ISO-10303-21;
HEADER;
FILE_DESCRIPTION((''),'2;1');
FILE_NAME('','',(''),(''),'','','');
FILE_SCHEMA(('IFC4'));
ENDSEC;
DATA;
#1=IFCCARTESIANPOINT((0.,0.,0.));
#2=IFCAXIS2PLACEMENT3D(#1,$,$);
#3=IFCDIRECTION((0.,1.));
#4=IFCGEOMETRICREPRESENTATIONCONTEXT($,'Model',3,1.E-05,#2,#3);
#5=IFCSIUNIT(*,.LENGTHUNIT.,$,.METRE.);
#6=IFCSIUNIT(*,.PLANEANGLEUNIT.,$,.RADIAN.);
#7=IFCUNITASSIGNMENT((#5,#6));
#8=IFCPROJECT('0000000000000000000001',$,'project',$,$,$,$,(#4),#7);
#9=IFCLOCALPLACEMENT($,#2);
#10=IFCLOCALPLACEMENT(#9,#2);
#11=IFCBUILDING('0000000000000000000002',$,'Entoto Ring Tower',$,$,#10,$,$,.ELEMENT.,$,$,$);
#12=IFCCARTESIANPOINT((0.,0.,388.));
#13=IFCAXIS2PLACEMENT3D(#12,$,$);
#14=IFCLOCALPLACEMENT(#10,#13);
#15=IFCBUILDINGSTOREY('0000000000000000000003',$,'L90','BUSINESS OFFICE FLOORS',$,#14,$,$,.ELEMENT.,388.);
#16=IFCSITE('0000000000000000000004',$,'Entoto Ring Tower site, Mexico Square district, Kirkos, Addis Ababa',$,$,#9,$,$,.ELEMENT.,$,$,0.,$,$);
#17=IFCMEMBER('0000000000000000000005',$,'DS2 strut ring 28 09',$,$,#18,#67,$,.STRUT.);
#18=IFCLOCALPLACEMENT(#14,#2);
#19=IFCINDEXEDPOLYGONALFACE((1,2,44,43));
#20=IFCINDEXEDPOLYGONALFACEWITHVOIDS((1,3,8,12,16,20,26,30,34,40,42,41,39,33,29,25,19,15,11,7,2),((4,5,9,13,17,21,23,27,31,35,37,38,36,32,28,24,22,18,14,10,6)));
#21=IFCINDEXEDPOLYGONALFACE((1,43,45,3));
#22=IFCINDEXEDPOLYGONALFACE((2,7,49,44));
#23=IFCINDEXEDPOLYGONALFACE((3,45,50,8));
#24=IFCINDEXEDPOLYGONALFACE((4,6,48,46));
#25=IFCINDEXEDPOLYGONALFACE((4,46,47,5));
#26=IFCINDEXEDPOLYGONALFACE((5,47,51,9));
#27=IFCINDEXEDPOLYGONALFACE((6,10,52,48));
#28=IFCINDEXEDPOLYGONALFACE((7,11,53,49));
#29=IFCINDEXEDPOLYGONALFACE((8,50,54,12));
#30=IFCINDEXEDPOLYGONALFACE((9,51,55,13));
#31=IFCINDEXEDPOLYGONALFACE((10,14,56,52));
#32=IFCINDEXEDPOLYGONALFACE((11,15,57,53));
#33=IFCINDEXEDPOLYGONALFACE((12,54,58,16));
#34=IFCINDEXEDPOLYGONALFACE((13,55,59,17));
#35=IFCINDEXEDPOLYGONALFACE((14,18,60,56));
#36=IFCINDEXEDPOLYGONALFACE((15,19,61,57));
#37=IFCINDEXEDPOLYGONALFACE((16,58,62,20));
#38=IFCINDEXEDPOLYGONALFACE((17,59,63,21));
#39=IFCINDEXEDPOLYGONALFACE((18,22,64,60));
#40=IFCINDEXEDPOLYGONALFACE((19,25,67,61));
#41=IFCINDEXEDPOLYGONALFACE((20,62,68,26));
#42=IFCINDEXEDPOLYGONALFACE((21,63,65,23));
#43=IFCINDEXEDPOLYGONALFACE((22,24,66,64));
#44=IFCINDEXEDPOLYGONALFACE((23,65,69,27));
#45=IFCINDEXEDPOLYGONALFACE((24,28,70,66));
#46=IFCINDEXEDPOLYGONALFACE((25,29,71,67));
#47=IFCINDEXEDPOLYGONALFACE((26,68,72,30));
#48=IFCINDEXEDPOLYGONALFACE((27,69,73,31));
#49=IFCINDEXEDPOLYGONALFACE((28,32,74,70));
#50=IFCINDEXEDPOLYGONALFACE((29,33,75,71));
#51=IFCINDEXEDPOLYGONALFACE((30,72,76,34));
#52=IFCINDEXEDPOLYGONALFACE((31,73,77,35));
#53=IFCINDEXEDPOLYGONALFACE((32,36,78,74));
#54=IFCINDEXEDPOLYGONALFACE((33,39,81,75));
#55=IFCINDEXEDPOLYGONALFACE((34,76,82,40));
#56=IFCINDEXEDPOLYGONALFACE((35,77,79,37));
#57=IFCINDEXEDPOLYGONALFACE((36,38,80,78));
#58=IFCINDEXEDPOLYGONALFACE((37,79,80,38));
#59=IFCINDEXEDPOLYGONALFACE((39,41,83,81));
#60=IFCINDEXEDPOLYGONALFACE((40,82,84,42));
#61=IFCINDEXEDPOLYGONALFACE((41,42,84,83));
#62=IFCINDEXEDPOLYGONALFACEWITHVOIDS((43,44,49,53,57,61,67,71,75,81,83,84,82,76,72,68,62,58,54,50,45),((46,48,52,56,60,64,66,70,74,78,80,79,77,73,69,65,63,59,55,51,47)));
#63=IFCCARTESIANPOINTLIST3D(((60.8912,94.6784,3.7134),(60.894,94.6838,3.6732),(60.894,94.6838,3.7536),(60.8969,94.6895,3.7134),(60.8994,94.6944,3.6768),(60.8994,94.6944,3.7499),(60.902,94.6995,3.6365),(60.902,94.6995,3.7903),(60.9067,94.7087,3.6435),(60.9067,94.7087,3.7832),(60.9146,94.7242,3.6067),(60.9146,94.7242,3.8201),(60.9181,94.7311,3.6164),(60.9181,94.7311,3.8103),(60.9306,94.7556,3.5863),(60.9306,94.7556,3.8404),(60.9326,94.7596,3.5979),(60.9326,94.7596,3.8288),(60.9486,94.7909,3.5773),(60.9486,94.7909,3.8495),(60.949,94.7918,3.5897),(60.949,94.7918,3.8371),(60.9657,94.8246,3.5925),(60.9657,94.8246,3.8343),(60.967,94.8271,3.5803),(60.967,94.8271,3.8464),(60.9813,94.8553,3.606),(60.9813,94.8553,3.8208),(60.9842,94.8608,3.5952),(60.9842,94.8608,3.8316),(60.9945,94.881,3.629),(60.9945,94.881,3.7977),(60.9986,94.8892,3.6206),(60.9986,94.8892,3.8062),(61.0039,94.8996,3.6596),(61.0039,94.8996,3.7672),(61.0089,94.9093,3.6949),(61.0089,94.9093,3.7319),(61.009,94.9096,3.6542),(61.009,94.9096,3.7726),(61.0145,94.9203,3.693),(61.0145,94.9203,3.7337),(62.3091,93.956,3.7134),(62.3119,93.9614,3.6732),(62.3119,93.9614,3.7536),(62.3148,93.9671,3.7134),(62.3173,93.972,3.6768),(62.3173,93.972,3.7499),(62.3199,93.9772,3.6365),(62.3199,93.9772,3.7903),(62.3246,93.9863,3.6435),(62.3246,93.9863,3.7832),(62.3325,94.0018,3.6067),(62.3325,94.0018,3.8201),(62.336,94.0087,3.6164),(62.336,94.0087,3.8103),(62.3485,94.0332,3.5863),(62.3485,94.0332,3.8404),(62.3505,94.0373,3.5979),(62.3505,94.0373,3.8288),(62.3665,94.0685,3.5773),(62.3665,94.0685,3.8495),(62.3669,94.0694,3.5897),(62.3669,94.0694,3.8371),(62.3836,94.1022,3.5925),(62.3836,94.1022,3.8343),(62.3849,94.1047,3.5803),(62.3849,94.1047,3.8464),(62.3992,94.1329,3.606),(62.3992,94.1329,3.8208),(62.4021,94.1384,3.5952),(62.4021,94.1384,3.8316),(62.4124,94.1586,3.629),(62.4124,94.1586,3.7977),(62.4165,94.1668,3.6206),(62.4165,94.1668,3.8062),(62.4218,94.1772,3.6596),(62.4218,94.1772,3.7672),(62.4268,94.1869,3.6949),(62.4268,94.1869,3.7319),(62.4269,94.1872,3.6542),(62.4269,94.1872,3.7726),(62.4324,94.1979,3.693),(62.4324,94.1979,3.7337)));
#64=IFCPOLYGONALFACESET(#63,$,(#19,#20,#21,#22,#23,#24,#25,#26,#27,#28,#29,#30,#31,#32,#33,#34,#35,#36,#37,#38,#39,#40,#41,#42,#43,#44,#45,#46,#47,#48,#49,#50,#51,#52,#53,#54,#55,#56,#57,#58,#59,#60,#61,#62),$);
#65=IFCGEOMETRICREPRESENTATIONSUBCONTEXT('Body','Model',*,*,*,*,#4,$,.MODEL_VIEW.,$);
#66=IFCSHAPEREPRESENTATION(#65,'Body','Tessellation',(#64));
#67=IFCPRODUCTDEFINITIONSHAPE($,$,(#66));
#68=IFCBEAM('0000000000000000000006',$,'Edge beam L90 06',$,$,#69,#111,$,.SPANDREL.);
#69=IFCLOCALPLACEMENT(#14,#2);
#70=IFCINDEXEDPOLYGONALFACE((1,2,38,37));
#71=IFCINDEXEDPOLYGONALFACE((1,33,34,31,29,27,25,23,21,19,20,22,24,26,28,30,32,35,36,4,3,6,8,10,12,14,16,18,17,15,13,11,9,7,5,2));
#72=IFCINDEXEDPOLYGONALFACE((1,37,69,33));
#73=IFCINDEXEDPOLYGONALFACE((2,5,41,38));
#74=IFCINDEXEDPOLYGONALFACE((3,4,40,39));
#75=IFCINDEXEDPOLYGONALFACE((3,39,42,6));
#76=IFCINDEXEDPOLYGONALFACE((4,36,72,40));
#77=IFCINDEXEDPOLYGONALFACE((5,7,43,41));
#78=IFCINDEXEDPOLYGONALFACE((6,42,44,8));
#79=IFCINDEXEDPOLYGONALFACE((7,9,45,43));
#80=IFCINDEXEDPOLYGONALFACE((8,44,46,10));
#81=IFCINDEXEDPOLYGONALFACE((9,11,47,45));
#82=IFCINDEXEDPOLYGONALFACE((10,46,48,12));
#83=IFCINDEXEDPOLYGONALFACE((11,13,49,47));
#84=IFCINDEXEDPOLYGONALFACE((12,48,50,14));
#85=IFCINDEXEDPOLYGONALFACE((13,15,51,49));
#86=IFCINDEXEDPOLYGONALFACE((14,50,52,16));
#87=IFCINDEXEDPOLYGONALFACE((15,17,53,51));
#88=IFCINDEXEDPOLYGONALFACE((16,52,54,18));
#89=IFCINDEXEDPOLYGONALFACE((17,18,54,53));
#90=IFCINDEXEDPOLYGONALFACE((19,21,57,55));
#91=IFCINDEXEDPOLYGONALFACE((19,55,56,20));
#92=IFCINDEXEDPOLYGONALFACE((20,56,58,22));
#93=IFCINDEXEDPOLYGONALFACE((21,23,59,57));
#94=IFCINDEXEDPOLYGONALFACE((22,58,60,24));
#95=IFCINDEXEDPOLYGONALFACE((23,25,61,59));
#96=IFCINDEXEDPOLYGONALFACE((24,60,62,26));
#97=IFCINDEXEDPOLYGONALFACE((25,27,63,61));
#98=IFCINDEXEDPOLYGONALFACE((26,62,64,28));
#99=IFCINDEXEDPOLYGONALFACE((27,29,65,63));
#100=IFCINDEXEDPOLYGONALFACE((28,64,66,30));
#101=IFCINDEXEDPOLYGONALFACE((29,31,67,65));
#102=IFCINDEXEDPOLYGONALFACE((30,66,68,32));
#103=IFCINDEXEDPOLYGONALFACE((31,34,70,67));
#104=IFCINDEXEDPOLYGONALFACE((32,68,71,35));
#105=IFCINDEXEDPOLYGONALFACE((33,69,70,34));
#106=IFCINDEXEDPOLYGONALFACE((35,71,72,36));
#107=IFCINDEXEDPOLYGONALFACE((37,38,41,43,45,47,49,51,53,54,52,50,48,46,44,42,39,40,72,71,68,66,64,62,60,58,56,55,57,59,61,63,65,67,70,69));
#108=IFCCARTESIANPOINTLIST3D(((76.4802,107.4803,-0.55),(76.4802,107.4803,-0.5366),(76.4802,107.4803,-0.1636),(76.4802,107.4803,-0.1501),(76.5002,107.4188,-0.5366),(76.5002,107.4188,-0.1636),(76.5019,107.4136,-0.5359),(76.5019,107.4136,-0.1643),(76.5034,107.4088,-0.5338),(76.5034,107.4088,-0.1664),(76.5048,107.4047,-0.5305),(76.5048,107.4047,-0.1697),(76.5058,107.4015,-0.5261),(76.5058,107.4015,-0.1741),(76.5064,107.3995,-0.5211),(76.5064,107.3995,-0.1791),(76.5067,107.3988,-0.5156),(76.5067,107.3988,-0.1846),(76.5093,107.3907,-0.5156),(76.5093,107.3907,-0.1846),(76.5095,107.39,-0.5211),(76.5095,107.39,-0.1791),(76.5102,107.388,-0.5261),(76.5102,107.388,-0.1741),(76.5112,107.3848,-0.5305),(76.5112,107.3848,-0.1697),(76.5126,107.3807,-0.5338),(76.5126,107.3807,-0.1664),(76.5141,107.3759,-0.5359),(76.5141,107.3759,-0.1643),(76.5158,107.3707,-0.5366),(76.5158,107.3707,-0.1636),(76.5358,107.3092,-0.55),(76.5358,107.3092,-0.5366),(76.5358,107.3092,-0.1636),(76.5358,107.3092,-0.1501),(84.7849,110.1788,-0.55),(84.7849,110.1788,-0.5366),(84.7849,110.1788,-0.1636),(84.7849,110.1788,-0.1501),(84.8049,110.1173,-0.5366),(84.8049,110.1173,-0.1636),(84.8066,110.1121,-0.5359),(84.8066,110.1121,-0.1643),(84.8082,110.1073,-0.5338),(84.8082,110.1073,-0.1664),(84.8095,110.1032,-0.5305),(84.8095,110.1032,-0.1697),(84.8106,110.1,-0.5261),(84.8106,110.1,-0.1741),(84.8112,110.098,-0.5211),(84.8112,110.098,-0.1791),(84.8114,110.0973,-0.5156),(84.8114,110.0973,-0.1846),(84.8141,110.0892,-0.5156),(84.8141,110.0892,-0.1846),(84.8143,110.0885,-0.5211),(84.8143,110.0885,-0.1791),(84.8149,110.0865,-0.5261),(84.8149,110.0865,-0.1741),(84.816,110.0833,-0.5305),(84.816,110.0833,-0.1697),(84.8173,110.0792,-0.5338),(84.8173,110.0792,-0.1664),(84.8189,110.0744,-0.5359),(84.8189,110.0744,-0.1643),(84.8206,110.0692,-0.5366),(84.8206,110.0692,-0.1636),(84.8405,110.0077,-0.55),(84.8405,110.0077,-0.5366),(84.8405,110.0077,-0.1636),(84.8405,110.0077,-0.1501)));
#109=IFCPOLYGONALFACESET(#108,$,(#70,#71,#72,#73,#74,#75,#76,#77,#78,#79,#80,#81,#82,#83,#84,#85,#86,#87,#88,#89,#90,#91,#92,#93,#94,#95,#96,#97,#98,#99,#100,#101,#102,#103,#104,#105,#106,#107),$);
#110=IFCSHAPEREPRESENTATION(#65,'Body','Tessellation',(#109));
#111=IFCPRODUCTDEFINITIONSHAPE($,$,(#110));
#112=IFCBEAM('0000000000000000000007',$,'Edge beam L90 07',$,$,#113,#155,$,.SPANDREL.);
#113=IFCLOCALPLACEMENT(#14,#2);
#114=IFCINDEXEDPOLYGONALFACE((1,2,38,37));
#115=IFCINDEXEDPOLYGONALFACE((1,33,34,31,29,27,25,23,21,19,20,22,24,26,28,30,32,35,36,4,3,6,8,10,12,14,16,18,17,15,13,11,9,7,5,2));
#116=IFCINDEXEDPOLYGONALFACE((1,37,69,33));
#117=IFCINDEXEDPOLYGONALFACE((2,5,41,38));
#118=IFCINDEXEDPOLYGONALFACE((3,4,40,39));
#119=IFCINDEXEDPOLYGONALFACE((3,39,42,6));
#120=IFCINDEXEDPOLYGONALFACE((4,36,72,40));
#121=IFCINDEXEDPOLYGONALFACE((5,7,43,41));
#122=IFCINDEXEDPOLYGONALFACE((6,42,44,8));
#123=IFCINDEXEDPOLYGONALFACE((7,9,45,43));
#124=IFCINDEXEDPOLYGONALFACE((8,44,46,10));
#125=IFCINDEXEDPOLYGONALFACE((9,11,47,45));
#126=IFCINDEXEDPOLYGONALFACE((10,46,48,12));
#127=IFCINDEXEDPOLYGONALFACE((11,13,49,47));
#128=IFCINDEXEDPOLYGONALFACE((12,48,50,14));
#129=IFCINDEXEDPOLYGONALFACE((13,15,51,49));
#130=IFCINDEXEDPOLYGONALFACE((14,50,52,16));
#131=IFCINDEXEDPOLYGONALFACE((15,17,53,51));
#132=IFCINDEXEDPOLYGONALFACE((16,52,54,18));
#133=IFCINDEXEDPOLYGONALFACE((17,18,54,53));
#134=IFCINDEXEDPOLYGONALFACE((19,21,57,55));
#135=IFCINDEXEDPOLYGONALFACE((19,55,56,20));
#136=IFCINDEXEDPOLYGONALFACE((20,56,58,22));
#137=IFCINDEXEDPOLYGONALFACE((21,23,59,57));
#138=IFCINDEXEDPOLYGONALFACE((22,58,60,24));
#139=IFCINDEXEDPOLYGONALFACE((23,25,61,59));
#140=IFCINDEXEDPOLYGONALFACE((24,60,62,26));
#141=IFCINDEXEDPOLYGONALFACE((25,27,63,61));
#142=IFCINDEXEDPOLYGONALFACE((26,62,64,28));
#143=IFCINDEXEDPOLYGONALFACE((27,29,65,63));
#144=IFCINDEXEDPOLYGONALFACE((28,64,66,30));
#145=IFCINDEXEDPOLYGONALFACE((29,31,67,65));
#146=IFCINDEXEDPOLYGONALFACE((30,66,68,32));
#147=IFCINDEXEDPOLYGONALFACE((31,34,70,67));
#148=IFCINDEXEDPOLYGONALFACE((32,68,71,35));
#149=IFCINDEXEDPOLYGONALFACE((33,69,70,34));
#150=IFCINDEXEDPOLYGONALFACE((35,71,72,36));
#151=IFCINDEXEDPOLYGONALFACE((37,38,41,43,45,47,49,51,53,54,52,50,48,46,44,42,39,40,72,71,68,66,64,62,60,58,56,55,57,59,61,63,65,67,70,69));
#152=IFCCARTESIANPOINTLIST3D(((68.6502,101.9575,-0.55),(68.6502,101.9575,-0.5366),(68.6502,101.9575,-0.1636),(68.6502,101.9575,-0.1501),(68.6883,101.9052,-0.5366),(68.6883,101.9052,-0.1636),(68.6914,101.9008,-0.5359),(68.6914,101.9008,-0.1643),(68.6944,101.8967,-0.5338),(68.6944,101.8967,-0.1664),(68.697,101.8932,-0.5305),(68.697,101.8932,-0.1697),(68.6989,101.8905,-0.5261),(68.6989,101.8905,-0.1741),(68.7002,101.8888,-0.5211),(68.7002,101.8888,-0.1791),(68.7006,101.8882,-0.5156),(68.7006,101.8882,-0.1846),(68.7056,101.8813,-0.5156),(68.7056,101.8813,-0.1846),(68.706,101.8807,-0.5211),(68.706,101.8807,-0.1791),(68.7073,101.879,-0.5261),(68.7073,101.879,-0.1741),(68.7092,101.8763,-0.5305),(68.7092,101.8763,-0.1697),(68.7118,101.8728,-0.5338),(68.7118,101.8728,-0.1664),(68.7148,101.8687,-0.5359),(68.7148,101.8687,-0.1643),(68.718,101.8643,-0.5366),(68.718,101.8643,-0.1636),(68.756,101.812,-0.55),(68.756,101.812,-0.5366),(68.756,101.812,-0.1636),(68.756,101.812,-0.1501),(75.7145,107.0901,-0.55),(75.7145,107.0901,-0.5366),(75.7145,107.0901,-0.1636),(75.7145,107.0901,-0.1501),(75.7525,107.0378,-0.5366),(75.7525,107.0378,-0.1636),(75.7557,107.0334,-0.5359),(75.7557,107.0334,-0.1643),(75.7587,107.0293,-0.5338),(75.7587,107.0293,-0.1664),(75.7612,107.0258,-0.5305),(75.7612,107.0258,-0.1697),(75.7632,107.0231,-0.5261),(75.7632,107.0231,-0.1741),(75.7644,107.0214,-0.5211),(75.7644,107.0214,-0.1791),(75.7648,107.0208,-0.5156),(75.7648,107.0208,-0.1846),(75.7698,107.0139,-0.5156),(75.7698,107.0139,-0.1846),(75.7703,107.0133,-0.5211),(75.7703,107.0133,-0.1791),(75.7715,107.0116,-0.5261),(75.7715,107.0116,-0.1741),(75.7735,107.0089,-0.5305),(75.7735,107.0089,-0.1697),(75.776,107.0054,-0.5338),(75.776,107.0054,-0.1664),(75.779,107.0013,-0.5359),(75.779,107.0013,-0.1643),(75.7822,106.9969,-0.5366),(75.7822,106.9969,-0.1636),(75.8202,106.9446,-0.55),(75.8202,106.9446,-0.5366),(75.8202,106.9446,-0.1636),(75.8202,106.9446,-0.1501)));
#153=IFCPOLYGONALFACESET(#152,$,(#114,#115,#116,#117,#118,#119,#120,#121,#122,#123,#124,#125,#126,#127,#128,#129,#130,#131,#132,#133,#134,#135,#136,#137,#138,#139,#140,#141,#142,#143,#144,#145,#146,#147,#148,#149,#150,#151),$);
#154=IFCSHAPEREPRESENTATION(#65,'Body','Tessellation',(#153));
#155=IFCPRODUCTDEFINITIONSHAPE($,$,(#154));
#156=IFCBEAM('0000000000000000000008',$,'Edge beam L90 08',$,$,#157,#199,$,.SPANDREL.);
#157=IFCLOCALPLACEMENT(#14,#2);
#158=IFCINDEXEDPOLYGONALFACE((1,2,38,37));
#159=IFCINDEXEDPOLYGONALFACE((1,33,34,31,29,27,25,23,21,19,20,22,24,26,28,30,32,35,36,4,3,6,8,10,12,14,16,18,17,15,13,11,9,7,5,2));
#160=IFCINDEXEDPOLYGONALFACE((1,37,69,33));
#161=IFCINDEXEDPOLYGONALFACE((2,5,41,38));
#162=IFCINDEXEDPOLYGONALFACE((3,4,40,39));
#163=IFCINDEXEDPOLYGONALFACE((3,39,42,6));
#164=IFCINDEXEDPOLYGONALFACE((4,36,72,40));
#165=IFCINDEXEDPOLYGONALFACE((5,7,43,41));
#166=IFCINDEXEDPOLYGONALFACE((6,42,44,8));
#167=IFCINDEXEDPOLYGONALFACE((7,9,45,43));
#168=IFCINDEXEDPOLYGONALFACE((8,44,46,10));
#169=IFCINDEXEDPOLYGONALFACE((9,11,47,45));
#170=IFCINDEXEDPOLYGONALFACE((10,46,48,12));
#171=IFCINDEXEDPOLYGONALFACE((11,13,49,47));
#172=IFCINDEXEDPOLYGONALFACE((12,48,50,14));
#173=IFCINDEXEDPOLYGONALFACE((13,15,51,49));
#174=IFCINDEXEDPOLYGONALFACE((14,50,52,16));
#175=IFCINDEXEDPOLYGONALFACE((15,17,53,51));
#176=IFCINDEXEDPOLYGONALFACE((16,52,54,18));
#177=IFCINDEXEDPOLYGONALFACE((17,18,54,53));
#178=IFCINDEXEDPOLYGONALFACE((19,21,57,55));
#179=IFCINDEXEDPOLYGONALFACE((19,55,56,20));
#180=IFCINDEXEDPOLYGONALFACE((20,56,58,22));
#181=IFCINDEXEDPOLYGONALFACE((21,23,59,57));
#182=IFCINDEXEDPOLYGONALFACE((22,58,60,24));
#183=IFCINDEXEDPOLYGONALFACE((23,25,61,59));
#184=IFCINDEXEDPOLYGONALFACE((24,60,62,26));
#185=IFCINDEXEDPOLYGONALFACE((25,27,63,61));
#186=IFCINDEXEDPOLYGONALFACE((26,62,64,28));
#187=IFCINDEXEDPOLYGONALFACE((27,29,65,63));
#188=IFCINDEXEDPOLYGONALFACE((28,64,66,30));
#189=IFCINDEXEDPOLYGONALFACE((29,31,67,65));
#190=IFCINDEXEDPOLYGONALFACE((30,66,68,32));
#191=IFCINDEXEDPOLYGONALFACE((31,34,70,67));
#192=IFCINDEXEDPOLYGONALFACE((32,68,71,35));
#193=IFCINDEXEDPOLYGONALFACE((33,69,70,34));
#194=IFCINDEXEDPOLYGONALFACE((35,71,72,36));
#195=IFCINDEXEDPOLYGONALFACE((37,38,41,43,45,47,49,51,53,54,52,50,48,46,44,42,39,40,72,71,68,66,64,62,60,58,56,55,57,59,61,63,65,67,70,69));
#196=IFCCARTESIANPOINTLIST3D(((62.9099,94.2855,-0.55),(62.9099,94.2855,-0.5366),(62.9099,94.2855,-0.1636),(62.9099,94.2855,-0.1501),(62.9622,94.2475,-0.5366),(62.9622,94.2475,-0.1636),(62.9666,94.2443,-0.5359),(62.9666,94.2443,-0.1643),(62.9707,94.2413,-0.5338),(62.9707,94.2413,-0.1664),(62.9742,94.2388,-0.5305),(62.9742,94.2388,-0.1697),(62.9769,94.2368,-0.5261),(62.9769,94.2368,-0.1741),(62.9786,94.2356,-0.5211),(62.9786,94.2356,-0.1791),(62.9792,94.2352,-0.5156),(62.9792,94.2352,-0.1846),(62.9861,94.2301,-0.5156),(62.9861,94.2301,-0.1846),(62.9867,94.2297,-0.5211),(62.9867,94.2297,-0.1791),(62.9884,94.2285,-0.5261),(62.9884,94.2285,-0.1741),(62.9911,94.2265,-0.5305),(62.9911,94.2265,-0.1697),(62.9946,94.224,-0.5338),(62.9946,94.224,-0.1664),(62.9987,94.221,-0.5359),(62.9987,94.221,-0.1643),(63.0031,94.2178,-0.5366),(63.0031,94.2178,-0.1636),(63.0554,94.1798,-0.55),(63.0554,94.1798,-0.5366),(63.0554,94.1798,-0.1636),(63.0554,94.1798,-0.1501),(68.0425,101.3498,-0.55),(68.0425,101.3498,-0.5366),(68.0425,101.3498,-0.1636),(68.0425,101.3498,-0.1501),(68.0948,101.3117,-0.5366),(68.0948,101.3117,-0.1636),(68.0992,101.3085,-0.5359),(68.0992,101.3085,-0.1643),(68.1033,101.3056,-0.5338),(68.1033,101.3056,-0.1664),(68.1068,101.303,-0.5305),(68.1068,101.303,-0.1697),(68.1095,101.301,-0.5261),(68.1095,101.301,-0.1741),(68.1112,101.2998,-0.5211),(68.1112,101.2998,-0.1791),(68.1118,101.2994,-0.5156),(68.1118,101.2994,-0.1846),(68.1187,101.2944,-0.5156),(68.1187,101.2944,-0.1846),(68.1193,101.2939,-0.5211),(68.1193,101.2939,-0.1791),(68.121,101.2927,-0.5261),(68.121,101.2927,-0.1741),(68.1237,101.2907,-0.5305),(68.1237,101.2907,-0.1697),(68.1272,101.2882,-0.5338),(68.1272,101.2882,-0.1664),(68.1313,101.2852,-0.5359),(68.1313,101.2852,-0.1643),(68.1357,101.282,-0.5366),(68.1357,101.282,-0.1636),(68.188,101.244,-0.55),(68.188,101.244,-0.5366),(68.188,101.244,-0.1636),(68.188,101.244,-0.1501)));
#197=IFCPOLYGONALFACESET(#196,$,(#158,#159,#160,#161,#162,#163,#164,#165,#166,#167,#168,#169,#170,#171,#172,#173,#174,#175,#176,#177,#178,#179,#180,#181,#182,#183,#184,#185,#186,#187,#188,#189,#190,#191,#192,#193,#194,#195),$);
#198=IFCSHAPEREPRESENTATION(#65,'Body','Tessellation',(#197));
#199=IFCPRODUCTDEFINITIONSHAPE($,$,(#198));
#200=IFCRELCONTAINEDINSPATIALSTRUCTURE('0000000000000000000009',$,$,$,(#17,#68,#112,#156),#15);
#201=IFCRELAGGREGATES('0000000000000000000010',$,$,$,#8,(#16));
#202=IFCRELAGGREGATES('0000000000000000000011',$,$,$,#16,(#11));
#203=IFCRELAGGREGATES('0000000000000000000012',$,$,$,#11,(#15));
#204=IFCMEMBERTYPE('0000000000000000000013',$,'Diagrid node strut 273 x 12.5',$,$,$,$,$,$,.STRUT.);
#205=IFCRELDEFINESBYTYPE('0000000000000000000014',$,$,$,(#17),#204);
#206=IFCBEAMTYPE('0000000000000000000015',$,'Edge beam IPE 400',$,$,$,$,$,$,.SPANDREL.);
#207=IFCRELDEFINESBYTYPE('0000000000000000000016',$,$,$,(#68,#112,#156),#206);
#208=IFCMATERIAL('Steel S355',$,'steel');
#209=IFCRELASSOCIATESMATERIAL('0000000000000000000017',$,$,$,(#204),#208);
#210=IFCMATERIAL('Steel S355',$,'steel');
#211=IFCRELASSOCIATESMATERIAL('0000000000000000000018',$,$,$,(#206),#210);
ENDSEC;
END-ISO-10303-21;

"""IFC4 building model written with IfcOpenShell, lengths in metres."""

from ifc_helpers import new_model, si_unit, direction, frame, origin, origin_2d, place, context, subcontext, project, spatial, circle, hollow_circle, i_section, extrude, material, material_profile, profile_set, type_object, element, save


model = new_model("IFC4")

# Units and contexts
model_context = context("Model", 3, precision=1e-05, world=origin(), true_north=direction((0.0, 1.0)))
body_context = subcontext(model_context, "Body", "Model", "MODEL_VIEW")
ifc_project = project(units=[si_unit("LENGTHUNIT", "METRE"), si_unit("PLANEANGLEUNIT", "RADIAN")], contexts=[model_context])

# Site, building, storey
site_placement = place(None, origin())
site = spatial("IfcSite", under=ifc_project, at=site_placement, Name="Entoto Ring Tower site, Mexico Square district, Kirkos, Addis Ababa", CompositionType="ELEMENT", RefElevation=0.0)
building_placement = place(site_placement, origin())
building = spatial("IfcBuilding", under=site, at=building_placement, Name="Entoto Ring Tower", CompositionType="ELEMENT")
storey_placement = place(building_placement, frame((0.0, 0.0, 388.0)))
storey = spatial("IfcBuildingStorey", under=building, at=storey_placement, Name="L90", Description="BUSINESS OFFICE FLOORS", CompositionType="ELEMENT", Elevation=388.0)

# Member
ifc_material_1 = material(Name="Steel S355", Category="steel")
ifc_material_profile_1 = material_profile(ifc_material_1, hollow_circle(Radius=0.1365, WallThickness=0.0125, at=origin_2d()), Name="CHS 273 x 12.5")
ifc_material_2 = material(Name="Concrete C60/75", Category="concrete")
ifc_material_profile_2 = material_profile(ifc_material_2, circle(Radius=0.124, at=origin_2d()), Name="Concrete C60/75 infill")
ifc_profile_set_1 = profile_set([ifc_material_profile_1, ifc_material_profile_2], Name="Steel S355")
member_type = type_object("IfcMemberType", Name="Diagrid node strut 273 x 12.5", PredefinedType="STRUT", material=ifc_profile_set_1)
for number, where, z_axis, x_axis, name in (
    (1, (62.3711, 94.0776, 3.7134), (-0.891027, 0.453951, 0.0), (-0.453951, -0.891027, 0.0), "DS2 strut ring 28 09"),
):
    element("IfcMember", number, at=place(storey_placement, frame(where, z_axis=z_axis, x_axis=x_axis)), inside=storey, type_object=member_type, Name=name, PredefinedType="STRUT", context=body_context, shape_type="SweptSolid", body=[
        extrude(hollow_circle(Radius=0.1365, WallThickness=0.0125, at=origin_2d()), origin(), (0.0, 0.0, 1.0), 1.5913),
    ])

# Beams
ifc_material_3 = material(Name="Steel S355", Category="steel")
ifc_material_profile_3 = material_profile(ifc_material_3, i_section(OverallWidth=0.1799, OverallDepth=0.3999, WebThickness=0.0085, FlangeThickness=0.0134, FilletRadius=0.021, at=origin_2d()), Name="IPE 400")
ifc_profile_set_2 = profile_set([ifc_material_profile_3], Name="Steel S355")
beam_type_1 = type_object("IfcBeamType", Name="Edge beam IPE 400", PredefinedType="SPANDREL", material=ifc_profile_set_2)
beam_1_placement = place(storey_placement, frame((84.8127, 110.0933, -0.3501), z_axis=(-0.951052, -0.30903, 0.0), x_axis=(0.30903, -0.951052, 0.0)))
element("IfcBeam", 2, at=beam_1_placement, inside=storey, type_object=beam_type_1, Name="Edge beam L90 06", PredefinedType="SPANDREL", context=body_context, shape_type="SweptSolid", body=[
    extrude(i_section(OverallWidth=0.1799, OverallDepth=0.3999, WebThickness=0.0085, FlangeThickness=0.0134, FilletRadius=0.021, at=origin_2d()), origin(), (0.0, 0.0, 1.0), 8.7322),
])
for number, where, z_axis, x_axis, name in (
    (3, (75.7673, 107.0173, -0.3501), (-0.80901, -0.587794, 0.0), (0.587794, -0.80901, 0.0), "Edge beam L90 07"),
    (4, (68.1152, 101.2969, -0.3501), (-0.587794, -0.80901, 0.0), (0.80901, -0.587794, 0.0), "Edge beam L90 08"),
):
    element("IfcBeam", number, at=place(storey_placement, frame(where, z_axis=z_axis, x_axis=x_axis)), inside=storey, type_object=beam_type_1, Name=name, PredefinedType="SPANDREL", context=body_context, shape_type="SweptSolid", body=[
        extrude(i_section(OverallWidth=0.1799, OverallDepth=0.3999, WebThickness=0.0085, FlangeThickness=0.0134, FilletRadius=0.021, at=origin_2d()), origin(), (0.0, 0.0, 1.0), 8.7319),
    ])

save(model, "model.ifc")
